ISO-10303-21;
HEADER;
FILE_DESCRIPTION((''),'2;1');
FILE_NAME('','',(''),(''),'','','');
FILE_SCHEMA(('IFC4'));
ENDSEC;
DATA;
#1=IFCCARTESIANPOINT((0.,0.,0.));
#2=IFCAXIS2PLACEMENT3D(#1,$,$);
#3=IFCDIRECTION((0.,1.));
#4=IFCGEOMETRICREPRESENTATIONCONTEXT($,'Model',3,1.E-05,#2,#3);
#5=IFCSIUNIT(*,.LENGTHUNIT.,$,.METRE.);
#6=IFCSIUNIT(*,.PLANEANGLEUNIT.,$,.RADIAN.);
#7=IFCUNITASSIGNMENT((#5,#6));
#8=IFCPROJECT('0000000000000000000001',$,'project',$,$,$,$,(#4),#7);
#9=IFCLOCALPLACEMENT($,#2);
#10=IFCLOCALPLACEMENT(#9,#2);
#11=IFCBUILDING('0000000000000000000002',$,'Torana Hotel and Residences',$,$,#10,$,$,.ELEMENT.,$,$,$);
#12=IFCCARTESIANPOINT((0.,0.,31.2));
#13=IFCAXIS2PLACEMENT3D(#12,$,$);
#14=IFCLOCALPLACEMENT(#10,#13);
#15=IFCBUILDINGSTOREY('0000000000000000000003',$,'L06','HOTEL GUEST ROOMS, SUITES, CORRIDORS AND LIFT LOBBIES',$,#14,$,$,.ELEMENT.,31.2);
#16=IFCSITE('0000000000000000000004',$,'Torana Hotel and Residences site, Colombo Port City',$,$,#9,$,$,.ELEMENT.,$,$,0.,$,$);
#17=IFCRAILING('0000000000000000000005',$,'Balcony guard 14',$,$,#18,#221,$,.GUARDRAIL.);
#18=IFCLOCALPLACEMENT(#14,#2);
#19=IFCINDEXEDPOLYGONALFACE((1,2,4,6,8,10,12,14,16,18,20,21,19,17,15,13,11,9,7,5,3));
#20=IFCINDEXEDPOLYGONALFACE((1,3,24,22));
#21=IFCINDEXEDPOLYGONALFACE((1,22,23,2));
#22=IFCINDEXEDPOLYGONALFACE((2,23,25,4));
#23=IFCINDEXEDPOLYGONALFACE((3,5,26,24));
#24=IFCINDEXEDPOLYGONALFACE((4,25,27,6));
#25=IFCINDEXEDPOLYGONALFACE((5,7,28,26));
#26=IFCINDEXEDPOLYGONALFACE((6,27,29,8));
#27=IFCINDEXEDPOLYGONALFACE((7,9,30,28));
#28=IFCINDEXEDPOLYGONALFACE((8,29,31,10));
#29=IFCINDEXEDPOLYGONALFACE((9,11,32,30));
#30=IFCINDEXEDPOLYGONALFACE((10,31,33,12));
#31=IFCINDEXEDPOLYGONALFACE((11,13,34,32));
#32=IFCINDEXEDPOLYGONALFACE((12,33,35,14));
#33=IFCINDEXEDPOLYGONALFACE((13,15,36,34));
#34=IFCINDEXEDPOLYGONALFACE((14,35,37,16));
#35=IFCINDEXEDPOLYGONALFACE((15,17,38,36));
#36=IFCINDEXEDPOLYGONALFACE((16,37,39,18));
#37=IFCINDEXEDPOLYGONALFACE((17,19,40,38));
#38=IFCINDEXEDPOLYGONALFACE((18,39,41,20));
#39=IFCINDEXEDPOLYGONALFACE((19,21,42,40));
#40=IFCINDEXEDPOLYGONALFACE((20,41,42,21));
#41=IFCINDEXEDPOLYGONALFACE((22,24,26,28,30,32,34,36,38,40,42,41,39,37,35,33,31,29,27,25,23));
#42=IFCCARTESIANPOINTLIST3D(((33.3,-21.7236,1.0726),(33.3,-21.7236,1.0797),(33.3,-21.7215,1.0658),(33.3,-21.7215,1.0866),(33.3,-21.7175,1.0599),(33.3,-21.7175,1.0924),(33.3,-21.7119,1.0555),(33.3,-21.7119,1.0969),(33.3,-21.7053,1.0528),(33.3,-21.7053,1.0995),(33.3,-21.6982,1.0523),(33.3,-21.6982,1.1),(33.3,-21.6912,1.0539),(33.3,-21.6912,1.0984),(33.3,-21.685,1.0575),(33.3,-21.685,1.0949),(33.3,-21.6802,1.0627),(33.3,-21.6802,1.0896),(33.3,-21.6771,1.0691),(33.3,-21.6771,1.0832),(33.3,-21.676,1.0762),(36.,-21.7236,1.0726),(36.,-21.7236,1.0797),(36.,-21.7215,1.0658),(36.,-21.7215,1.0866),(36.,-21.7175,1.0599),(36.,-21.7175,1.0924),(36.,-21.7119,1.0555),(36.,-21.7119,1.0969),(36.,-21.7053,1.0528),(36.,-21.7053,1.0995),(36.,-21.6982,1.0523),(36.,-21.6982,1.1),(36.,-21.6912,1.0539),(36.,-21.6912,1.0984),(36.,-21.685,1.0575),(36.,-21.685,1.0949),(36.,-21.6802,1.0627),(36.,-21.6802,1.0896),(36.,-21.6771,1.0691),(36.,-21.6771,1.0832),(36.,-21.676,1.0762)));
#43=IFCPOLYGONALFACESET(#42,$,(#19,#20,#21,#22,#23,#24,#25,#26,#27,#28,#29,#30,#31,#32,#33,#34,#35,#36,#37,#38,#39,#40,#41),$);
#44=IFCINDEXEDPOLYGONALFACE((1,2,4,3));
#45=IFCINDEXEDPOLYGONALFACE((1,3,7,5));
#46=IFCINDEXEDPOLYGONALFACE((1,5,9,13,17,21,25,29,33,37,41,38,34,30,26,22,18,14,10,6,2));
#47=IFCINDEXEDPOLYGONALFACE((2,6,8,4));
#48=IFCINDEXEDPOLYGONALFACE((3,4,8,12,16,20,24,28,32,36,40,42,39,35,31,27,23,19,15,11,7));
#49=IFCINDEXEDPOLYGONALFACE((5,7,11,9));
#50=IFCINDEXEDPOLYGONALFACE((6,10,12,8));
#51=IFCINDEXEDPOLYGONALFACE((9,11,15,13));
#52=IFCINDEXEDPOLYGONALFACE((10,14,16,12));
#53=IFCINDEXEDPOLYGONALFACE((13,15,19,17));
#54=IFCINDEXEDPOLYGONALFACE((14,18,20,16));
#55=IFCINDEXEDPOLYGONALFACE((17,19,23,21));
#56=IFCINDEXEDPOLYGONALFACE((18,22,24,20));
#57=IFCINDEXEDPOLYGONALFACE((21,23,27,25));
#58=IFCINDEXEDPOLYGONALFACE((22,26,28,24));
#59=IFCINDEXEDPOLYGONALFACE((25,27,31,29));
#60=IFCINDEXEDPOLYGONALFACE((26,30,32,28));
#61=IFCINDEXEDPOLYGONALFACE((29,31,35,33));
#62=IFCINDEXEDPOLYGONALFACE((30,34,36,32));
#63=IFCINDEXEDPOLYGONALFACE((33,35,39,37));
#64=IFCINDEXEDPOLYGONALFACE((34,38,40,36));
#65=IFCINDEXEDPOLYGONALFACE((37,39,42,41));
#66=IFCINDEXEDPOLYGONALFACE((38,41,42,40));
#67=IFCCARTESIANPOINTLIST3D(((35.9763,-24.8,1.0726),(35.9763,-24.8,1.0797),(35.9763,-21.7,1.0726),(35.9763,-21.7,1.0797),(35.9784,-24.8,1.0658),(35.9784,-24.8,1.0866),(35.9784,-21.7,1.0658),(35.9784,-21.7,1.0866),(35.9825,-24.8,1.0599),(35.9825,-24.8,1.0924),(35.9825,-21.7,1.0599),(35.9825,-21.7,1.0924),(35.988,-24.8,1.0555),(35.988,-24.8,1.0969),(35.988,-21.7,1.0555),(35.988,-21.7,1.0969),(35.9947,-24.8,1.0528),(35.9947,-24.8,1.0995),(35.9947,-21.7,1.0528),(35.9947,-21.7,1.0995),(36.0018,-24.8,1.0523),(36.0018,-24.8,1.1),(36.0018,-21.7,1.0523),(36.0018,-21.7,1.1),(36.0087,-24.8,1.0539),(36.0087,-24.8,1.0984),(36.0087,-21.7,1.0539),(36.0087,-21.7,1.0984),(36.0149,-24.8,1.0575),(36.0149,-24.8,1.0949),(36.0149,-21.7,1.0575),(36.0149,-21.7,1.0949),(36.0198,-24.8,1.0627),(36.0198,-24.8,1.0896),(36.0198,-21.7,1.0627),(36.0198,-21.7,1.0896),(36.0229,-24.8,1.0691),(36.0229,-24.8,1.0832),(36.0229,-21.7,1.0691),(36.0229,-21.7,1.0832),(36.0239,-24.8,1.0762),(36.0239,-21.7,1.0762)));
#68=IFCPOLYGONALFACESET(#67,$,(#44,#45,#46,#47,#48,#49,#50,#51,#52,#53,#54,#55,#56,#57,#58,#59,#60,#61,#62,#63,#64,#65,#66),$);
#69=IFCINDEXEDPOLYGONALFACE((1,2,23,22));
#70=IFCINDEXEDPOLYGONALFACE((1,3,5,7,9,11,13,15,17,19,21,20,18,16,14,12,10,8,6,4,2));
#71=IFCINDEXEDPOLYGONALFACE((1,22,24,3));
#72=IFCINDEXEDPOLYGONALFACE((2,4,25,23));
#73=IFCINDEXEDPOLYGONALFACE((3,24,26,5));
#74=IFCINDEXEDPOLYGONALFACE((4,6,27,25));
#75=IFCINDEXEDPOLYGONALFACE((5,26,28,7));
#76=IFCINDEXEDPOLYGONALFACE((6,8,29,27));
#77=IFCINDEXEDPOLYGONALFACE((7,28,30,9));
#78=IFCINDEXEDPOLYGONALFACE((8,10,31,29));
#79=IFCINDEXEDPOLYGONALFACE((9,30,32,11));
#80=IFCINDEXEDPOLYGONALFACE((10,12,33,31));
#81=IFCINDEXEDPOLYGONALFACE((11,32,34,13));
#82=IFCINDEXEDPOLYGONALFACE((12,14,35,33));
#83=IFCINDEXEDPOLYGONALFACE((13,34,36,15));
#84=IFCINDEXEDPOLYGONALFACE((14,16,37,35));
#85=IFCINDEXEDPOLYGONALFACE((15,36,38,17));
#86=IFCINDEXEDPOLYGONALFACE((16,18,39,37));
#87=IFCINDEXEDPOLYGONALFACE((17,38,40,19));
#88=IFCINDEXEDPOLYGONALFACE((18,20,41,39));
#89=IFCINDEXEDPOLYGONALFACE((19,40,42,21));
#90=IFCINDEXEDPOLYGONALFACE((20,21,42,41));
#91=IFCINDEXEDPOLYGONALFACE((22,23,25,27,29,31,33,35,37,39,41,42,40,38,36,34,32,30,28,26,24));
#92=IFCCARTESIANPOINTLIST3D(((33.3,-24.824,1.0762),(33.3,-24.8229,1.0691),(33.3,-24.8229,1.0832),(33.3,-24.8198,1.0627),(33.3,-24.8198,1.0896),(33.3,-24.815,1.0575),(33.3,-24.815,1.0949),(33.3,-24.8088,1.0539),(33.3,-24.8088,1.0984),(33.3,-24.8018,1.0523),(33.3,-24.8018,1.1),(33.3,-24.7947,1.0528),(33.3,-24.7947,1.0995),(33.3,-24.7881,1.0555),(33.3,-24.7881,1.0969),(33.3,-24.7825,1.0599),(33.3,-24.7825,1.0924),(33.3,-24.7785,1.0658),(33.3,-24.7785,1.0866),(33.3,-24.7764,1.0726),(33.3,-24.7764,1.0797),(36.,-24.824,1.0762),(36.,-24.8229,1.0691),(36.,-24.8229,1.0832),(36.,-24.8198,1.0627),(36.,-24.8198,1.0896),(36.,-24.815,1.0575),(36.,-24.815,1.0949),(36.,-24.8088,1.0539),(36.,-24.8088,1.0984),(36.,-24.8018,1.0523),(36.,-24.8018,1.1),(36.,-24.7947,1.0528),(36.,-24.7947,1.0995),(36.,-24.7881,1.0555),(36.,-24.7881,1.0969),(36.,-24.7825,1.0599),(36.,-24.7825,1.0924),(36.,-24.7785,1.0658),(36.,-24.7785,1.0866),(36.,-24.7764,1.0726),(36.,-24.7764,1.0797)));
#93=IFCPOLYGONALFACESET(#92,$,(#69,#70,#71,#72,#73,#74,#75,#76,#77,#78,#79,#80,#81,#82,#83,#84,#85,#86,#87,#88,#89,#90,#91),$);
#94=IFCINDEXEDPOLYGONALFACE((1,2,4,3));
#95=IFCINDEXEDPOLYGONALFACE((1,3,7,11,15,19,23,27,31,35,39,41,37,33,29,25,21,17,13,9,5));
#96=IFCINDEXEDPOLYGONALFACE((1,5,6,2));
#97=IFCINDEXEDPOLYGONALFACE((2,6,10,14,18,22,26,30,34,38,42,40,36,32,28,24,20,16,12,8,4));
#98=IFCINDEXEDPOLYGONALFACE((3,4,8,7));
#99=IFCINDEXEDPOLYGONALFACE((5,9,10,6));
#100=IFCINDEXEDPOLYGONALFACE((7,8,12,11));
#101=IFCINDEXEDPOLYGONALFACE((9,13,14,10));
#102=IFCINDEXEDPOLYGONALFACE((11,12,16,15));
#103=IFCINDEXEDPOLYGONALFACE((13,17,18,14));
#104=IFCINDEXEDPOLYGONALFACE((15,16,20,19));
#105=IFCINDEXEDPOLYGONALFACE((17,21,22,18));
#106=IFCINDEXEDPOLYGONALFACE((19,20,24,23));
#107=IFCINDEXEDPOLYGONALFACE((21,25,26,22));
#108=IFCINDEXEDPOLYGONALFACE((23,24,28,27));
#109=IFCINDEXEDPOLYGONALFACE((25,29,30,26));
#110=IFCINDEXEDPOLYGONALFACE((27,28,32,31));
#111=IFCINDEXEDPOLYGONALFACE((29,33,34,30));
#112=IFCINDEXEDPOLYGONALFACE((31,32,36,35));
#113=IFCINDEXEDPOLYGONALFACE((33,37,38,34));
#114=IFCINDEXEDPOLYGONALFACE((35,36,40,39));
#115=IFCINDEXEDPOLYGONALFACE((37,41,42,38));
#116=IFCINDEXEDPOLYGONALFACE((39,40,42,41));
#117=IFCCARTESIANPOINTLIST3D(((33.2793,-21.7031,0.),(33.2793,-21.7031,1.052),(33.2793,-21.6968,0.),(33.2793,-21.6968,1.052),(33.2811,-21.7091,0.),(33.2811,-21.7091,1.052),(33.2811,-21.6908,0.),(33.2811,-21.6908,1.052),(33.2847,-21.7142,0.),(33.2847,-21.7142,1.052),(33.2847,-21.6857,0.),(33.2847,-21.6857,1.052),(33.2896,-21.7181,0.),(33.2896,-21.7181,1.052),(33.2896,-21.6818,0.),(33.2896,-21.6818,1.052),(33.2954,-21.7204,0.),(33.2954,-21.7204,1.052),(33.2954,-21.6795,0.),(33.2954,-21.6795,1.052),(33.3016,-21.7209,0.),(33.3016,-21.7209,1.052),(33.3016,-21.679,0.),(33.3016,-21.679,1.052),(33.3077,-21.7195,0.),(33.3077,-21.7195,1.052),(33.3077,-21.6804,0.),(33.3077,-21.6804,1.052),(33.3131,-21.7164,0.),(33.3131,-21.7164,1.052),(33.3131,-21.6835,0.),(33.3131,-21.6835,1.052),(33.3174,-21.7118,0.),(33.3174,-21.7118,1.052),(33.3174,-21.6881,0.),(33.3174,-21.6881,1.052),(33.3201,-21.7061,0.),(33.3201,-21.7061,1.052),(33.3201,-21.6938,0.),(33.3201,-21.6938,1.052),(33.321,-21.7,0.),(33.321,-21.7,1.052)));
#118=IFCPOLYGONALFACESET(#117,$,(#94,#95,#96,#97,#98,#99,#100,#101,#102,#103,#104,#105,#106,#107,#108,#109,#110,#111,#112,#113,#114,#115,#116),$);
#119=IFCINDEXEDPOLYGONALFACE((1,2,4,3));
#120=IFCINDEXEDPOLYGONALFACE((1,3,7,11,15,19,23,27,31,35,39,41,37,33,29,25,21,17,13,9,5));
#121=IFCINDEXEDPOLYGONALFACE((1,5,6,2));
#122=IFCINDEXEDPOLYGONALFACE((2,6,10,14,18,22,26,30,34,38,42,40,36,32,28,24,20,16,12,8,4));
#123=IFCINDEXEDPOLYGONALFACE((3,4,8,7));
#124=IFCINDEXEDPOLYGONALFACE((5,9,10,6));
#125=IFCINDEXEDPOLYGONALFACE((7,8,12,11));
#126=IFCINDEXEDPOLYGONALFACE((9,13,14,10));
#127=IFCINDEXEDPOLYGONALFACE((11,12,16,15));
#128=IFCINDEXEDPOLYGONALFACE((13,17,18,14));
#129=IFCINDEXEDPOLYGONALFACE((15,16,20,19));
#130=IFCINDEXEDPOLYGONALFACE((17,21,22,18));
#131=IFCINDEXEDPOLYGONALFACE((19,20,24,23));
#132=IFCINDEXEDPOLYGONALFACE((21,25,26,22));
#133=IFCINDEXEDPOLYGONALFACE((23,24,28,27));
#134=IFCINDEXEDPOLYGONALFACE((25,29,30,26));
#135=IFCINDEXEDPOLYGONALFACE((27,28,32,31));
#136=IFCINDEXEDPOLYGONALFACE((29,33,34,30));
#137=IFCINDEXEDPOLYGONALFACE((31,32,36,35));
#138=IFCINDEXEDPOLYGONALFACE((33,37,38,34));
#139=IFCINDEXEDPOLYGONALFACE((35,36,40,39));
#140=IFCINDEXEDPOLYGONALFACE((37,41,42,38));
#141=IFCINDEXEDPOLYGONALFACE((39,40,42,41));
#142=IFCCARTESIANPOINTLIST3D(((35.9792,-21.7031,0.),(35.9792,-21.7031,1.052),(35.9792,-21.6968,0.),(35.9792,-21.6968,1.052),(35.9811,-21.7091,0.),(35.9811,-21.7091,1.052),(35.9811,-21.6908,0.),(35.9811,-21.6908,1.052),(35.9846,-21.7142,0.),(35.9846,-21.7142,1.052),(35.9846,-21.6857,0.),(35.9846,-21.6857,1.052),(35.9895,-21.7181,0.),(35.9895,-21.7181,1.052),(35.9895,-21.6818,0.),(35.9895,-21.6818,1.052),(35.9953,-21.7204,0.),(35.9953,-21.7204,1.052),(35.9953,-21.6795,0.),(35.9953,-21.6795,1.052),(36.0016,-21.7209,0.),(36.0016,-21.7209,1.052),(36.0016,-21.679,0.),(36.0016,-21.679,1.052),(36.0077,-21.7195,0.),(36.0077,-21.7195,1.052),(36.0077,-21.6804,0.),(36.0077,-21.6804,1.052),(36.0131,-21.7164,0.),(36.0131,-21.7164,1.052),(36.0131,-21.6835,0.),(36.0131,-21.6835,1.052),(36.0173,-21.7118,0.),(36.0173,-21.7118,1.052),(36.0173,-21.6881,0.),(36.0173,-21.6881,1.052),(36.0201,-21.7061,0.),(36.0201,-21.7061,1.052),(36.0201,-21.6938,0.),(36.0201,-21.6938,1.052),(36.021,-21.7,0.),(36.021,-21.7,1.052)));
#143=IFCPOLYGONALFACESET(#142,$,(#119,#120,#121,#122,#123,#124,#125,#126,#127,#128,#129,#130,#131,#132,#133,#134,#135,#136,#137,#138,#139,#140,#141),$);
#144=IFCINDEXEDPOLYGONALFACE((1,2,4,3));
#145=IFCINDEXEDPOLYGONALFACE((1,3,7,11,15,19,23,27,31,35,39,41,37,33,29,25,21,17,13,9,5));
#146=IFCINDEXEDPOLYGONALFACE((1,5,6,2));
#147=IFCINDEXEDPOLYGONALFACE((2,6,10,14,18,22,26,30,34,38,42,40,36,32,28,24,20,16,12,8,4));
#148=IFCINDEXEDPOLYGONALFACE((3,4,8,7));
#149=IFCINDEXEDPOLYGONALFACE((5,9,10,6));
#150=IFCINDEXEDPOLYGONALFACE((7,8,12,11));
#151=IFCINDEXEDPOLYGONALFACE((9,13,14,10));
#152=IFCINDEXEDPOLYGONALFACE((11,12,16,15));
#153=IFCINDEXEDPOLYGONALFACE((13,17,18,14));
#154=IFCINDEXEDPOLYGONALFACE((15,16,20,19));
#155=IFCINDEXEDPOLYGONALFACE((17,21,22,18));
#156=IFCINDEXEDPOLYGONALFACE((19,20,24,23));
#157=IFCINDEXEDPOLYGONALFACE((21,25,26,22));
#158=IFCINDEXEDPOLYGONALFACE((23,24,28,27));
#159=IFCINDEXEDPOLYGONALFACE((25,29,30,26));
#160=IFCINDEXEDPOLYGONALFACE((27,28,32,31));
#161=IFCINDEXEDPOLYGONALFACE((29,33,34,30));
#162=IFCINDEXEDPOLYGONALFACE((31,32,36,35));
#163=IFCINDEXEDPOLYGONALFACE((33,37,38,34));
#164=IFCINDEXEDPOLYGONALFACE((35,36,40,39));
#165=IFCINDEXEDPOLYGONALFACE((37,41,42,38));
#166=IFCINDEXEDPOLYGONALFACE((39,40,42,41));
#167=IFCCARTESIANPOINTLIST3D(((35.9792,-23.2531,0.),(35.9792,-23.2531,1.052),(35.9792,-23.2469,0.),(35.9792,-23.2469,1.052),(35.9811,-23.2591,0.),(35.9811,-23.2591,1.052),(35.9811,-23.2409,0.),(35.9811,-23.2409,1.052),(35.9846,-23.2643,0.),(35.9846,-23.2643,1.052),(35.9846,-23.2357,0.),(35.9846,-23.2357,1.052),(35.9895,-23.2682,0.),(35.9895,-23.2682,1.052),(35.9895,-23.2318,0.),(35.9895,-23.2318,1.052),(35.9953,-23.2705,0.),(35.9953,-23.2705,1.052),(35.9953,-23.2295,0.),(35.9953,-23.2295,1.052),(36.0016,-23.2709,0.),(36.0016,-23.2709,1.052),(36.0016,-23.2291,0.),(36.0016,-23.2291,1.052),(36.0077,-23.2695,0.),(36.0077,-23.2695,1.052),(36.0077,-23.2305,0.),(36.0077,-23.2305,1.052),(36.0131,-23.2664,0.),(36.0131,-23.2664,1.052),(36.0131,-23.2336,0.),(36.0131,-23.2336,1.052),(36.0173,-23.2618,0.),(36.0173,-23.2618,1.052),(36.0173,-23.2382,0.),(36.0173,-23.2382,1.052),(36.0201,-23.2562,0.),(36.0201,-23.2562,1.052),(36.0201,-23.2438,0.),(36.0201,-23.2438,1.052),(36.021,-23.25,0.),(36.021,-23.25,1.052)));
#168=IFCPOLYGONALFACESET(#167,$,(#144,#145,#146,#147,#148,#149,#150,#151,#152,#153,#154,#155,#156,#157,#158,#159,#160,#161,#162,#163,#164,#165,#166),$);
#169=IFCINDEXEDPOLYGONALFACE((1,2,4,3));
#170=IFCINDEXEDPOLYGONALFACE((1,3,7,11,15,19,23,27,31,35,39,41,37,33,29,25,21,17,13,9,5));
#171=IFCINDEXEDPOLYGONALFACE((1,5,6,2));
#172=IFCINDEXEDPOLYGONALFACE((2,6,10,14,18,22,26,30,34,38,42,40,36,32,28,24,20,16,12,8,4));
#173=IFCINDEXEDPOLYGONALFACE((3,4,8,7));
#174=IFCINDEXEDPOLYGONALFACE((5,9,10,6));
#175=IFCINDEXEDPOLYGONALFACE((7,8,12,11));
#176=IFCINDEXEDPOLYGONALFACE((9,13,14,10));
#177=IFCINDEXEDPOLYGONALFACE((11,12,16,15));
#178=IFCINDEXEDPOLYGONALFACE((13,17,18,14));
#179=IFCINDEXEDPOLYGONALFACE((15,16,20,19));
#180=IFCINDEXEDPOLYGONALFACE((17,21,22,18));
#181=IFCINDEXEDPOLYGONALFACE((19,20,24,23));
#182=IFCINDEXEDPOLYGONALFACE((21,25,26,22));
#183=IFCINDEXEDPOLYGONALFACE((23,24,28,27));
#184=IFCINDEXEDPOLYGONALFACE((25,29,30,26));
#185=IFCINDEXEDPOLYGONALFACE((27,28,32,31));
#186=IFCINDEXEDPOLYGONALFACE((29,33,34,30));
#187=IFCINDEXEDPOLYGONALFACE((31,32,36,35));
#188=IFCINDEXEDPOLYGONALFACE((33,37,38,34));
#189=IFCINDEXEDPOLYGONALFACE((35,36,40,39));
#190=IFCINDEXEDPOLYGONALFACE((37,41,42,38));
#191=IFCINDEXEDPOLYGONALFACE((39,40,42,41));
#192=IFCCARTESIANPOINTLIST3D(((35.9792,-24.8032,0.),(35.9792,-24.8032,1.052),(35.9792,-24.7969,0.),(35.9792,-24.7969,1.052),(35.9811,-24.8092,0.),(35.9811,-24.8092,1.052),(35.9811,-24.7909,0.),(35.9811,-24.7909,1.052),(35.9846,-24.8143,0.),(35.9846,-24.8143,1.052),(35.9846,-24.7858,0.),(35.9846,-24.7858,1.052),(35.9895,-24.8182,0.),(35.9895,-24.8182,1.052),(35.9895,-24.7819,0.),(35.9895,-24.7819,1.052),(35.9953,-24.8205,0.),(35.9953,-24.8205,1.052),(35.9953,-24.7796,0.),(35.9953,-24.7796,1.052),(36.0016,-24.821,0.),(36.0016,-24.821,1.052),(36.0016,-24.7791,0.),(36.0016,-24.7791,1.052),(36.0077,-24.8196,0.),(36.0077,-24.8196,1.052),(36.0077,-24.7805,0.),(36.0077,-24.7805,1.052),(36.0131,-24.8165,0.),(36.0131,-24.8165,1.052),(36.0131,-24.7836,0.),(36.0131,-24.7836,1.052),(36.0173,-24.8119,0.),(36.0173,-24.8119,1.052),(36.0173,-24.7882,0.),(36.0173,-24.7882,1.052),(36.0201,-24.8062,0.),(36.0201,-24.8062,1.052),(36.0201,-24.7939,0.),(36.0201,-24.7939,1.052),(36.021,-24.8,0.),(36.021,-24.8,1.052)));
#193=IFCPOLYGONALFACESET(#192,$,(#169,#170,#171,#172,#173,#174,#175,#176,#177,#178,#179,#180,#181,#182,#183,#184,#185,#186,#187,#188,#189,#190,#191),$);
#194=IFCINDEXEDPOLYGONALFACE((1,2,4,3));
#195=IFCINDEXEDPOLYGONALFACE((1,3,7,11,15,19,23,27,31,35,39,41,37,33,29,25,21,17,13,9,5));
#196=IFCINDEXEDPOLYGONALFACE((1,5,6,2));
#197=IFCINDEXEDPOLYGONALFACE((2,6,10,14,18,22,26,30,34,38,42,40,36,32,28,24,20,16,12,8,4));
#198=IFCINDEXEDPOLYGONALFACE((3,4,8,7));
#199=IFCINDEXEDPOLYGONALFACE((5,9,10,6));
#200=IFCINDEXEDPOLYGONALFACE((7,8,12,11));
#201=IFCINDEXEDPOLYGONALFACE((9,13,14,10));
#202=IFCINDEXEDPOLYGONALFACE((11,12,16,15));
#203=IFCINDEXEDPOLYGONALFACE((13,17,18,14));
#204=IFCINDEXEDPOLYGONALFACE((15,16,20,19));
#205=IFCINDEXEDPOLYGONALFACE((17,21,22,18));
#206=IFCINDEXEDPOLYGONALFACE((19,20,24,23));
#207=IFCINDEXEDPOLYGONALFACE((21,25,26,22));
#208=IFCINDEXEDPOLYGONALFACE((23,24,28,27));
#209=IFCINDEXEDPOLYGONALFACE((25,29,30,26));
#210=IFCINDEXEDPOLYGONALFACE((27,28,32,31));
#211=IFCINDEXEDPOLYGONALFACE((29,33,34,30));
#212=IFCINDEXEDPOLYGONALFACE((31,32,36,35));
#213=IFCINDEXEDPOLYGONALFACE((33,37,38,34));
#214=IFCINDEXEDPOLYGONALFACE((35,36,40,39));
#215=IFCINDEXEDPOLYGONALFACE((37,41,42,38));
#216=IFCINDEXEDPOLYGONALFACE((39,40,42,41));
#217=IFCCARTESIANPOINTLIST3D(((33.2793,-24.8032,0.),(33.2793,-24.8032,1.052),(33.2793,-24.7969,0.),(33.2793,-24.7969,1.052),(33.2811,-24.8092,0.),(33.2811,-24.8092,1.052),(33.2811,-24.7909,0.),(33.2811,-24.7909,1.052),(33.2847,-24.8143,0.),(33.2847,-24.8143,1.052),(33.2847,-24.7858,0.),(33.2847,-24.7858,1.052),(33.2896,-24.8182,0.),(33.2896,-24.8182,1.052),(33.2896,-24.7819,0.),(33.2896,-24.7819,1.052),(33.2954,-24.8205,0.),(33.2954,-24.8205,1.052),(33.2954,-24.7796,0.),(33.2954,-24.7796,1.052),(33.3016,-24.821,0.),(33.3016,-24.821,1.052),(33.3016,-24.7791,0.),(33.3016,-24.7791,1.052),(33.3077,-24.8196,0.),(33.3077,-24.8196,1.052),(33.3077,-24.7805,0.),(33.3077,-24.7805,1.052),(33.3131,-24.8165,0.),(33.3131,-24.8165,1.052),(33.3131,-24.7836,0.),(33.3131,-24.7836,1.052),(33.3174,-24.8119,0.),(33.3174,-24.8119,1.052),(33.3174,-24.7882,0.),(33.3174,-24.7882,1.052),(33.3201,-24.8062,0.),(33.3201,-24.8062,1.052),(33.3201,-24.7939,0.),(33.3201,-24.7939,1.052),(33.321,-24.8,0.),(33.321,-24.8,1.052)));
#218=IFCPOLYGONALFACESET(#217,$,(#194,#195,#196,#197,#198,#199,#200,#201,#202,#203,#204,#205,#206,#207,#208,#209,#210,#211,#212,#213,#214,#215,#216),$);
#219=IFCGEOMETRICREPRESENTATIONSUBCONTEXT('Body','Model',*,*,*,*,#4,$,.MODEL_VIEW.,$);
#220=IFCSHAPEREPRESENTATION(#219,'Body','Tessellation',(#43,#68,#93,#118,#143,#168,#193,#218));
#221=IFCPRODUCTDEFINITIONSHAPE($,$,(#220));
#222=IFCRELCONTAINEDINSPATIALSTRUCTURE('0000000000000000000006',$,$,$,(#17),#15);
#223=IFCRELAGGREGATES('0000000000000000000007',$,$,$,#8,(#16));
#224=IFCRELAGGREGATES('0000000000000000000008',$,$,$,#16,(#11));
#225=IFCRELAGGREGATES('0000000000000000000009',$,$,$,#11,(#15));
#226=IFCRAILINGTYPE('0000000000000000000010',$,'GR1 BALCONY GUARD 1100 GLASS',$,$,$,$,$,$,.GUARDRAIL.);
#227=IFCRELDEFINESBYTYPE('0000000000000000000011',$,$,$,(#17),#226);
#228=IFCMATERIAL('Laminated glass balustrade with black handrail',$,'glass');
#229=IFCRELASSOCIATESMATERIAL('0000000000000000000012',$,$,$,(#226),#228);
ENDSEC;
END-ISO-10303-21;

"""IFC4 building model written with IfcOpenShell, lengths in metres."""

from ifc_helpers import new_model, si_unit, direction, frame, origin, origin_2d, place, context, subcontext, project, spatial, circle, extrude, material, type_object, element, save


model = new_model("IFC4")

# Units and contexts
model_context = context("Model", 3, precision=1e-05, world=origin(), true_north=direction((0.0, 1.0)))
body_context = subcontext(model_context, "Body", "Model", "MODEL_VIEW")
ifc_project = project(units=[si_unit("LENGTHUNIT", "METRE"), si_unit("PLANEANGLEUNIT", "RADIAN")], contexts=[model_context])

# Site, building, storey
site_placement = place(None, origin())
site = spatial("IfcSite", under=ifc_project, at=site_placement, Name="Torana Hotel and Residences site, Colombo Port City", CompositionType="ELEMENT", RefElevation=0.0)
building_placement = place(site_placement, origin())
building = spatial("IfcBuilding", under=site, at=building_placement, Name="Torana Hotel and Residences", CompositionType="ELEMENT")
storey_placement = place(building_placement, frame((0.0, 0.0, 31.2)))
storey = spatial("IfcBuildingStorey", under=building, at=storey_placement, Name="L06", Description="HOTEL GUEST ROOMS, SUITES, CORRIDORS AND LIFT LOBBIES", CompositionType="ELEMENT", Elevation=31.2)

# Railing
ifc_material_1 = material(Name="Laminated glass balustrade with black handrail", Category="glass")
railing_type = type_object("IfcRailingType", Name="GR1 BALCONY GUARD 1100 GLASS", PredefinedType="GUARDRAIL", material=ifc_material_1)
railing_1_placement = place(storey_placement, frame((33.3, -21.7, 0.0)))
element("IfcRailing", 1, at=railing_1_placement, inside=storey, type_object=railing_type, Name="Balcony guard 14", PredefinedType="GUARDRAIL", context=body_context, shape_type="SweptSolid", body=[
    extrude(circle(Radius=0.0239, at=origin_2d()), frame((0.0, 0.0, 1.0762), z_axis=(1.0, 0.0, 0.0), x_axis=(0.0, 1.0, 0.0)), (0.0, 0.0, 1.0), 2.7),
    extrude(circle(Radius=0.0239, at=origin_2d()), frame((2.7, 0.0, 1.0762), z_axis=(0.0, -1.0, 0.0), x_axis=(1.0, 0.0, 0.0)), (0.0, 0.0, 1.0), 3.1001),
    extrude(circle(Radius=0.0239, at=origin_2d()), frame((2.7, -3.1001, 1.0762), z_axis=(-1.0, 0.0, 0.0), x_axis=(0.0, -1.0, 0.0)), (0.0, 0.0, 1.0), 2.7),
    extrude(circle(Radius=0.021, at=origin_2d()), origin(), (0.0, 0.0, 1.0), 1.052),
    extrude(circle(Radius=0.021, at=origin_2d()), frame((2.7, 0.0, 0.0)), (0.0, 0.0, 1.0), 1.052),
    extrude(circle(Radius=0.021, at=origin_2d()), frame((2.7, -1.55, 0.0)), (0.0, 0.0, 1.0), 1.052),
    extrude(circle(Radius=0.021, at=origin_2d()), frame((2.7, -3.1001, 0.0)), (0.0, 0.0, 1.0), 1.052),
    extrude(circle(Radius=0.021, at=origin_2d()), frame((0.0, -3.1001, 0.0)), (0.0, 0.0, 1.0), 1.052),
])

save(model, "model.ifc")
